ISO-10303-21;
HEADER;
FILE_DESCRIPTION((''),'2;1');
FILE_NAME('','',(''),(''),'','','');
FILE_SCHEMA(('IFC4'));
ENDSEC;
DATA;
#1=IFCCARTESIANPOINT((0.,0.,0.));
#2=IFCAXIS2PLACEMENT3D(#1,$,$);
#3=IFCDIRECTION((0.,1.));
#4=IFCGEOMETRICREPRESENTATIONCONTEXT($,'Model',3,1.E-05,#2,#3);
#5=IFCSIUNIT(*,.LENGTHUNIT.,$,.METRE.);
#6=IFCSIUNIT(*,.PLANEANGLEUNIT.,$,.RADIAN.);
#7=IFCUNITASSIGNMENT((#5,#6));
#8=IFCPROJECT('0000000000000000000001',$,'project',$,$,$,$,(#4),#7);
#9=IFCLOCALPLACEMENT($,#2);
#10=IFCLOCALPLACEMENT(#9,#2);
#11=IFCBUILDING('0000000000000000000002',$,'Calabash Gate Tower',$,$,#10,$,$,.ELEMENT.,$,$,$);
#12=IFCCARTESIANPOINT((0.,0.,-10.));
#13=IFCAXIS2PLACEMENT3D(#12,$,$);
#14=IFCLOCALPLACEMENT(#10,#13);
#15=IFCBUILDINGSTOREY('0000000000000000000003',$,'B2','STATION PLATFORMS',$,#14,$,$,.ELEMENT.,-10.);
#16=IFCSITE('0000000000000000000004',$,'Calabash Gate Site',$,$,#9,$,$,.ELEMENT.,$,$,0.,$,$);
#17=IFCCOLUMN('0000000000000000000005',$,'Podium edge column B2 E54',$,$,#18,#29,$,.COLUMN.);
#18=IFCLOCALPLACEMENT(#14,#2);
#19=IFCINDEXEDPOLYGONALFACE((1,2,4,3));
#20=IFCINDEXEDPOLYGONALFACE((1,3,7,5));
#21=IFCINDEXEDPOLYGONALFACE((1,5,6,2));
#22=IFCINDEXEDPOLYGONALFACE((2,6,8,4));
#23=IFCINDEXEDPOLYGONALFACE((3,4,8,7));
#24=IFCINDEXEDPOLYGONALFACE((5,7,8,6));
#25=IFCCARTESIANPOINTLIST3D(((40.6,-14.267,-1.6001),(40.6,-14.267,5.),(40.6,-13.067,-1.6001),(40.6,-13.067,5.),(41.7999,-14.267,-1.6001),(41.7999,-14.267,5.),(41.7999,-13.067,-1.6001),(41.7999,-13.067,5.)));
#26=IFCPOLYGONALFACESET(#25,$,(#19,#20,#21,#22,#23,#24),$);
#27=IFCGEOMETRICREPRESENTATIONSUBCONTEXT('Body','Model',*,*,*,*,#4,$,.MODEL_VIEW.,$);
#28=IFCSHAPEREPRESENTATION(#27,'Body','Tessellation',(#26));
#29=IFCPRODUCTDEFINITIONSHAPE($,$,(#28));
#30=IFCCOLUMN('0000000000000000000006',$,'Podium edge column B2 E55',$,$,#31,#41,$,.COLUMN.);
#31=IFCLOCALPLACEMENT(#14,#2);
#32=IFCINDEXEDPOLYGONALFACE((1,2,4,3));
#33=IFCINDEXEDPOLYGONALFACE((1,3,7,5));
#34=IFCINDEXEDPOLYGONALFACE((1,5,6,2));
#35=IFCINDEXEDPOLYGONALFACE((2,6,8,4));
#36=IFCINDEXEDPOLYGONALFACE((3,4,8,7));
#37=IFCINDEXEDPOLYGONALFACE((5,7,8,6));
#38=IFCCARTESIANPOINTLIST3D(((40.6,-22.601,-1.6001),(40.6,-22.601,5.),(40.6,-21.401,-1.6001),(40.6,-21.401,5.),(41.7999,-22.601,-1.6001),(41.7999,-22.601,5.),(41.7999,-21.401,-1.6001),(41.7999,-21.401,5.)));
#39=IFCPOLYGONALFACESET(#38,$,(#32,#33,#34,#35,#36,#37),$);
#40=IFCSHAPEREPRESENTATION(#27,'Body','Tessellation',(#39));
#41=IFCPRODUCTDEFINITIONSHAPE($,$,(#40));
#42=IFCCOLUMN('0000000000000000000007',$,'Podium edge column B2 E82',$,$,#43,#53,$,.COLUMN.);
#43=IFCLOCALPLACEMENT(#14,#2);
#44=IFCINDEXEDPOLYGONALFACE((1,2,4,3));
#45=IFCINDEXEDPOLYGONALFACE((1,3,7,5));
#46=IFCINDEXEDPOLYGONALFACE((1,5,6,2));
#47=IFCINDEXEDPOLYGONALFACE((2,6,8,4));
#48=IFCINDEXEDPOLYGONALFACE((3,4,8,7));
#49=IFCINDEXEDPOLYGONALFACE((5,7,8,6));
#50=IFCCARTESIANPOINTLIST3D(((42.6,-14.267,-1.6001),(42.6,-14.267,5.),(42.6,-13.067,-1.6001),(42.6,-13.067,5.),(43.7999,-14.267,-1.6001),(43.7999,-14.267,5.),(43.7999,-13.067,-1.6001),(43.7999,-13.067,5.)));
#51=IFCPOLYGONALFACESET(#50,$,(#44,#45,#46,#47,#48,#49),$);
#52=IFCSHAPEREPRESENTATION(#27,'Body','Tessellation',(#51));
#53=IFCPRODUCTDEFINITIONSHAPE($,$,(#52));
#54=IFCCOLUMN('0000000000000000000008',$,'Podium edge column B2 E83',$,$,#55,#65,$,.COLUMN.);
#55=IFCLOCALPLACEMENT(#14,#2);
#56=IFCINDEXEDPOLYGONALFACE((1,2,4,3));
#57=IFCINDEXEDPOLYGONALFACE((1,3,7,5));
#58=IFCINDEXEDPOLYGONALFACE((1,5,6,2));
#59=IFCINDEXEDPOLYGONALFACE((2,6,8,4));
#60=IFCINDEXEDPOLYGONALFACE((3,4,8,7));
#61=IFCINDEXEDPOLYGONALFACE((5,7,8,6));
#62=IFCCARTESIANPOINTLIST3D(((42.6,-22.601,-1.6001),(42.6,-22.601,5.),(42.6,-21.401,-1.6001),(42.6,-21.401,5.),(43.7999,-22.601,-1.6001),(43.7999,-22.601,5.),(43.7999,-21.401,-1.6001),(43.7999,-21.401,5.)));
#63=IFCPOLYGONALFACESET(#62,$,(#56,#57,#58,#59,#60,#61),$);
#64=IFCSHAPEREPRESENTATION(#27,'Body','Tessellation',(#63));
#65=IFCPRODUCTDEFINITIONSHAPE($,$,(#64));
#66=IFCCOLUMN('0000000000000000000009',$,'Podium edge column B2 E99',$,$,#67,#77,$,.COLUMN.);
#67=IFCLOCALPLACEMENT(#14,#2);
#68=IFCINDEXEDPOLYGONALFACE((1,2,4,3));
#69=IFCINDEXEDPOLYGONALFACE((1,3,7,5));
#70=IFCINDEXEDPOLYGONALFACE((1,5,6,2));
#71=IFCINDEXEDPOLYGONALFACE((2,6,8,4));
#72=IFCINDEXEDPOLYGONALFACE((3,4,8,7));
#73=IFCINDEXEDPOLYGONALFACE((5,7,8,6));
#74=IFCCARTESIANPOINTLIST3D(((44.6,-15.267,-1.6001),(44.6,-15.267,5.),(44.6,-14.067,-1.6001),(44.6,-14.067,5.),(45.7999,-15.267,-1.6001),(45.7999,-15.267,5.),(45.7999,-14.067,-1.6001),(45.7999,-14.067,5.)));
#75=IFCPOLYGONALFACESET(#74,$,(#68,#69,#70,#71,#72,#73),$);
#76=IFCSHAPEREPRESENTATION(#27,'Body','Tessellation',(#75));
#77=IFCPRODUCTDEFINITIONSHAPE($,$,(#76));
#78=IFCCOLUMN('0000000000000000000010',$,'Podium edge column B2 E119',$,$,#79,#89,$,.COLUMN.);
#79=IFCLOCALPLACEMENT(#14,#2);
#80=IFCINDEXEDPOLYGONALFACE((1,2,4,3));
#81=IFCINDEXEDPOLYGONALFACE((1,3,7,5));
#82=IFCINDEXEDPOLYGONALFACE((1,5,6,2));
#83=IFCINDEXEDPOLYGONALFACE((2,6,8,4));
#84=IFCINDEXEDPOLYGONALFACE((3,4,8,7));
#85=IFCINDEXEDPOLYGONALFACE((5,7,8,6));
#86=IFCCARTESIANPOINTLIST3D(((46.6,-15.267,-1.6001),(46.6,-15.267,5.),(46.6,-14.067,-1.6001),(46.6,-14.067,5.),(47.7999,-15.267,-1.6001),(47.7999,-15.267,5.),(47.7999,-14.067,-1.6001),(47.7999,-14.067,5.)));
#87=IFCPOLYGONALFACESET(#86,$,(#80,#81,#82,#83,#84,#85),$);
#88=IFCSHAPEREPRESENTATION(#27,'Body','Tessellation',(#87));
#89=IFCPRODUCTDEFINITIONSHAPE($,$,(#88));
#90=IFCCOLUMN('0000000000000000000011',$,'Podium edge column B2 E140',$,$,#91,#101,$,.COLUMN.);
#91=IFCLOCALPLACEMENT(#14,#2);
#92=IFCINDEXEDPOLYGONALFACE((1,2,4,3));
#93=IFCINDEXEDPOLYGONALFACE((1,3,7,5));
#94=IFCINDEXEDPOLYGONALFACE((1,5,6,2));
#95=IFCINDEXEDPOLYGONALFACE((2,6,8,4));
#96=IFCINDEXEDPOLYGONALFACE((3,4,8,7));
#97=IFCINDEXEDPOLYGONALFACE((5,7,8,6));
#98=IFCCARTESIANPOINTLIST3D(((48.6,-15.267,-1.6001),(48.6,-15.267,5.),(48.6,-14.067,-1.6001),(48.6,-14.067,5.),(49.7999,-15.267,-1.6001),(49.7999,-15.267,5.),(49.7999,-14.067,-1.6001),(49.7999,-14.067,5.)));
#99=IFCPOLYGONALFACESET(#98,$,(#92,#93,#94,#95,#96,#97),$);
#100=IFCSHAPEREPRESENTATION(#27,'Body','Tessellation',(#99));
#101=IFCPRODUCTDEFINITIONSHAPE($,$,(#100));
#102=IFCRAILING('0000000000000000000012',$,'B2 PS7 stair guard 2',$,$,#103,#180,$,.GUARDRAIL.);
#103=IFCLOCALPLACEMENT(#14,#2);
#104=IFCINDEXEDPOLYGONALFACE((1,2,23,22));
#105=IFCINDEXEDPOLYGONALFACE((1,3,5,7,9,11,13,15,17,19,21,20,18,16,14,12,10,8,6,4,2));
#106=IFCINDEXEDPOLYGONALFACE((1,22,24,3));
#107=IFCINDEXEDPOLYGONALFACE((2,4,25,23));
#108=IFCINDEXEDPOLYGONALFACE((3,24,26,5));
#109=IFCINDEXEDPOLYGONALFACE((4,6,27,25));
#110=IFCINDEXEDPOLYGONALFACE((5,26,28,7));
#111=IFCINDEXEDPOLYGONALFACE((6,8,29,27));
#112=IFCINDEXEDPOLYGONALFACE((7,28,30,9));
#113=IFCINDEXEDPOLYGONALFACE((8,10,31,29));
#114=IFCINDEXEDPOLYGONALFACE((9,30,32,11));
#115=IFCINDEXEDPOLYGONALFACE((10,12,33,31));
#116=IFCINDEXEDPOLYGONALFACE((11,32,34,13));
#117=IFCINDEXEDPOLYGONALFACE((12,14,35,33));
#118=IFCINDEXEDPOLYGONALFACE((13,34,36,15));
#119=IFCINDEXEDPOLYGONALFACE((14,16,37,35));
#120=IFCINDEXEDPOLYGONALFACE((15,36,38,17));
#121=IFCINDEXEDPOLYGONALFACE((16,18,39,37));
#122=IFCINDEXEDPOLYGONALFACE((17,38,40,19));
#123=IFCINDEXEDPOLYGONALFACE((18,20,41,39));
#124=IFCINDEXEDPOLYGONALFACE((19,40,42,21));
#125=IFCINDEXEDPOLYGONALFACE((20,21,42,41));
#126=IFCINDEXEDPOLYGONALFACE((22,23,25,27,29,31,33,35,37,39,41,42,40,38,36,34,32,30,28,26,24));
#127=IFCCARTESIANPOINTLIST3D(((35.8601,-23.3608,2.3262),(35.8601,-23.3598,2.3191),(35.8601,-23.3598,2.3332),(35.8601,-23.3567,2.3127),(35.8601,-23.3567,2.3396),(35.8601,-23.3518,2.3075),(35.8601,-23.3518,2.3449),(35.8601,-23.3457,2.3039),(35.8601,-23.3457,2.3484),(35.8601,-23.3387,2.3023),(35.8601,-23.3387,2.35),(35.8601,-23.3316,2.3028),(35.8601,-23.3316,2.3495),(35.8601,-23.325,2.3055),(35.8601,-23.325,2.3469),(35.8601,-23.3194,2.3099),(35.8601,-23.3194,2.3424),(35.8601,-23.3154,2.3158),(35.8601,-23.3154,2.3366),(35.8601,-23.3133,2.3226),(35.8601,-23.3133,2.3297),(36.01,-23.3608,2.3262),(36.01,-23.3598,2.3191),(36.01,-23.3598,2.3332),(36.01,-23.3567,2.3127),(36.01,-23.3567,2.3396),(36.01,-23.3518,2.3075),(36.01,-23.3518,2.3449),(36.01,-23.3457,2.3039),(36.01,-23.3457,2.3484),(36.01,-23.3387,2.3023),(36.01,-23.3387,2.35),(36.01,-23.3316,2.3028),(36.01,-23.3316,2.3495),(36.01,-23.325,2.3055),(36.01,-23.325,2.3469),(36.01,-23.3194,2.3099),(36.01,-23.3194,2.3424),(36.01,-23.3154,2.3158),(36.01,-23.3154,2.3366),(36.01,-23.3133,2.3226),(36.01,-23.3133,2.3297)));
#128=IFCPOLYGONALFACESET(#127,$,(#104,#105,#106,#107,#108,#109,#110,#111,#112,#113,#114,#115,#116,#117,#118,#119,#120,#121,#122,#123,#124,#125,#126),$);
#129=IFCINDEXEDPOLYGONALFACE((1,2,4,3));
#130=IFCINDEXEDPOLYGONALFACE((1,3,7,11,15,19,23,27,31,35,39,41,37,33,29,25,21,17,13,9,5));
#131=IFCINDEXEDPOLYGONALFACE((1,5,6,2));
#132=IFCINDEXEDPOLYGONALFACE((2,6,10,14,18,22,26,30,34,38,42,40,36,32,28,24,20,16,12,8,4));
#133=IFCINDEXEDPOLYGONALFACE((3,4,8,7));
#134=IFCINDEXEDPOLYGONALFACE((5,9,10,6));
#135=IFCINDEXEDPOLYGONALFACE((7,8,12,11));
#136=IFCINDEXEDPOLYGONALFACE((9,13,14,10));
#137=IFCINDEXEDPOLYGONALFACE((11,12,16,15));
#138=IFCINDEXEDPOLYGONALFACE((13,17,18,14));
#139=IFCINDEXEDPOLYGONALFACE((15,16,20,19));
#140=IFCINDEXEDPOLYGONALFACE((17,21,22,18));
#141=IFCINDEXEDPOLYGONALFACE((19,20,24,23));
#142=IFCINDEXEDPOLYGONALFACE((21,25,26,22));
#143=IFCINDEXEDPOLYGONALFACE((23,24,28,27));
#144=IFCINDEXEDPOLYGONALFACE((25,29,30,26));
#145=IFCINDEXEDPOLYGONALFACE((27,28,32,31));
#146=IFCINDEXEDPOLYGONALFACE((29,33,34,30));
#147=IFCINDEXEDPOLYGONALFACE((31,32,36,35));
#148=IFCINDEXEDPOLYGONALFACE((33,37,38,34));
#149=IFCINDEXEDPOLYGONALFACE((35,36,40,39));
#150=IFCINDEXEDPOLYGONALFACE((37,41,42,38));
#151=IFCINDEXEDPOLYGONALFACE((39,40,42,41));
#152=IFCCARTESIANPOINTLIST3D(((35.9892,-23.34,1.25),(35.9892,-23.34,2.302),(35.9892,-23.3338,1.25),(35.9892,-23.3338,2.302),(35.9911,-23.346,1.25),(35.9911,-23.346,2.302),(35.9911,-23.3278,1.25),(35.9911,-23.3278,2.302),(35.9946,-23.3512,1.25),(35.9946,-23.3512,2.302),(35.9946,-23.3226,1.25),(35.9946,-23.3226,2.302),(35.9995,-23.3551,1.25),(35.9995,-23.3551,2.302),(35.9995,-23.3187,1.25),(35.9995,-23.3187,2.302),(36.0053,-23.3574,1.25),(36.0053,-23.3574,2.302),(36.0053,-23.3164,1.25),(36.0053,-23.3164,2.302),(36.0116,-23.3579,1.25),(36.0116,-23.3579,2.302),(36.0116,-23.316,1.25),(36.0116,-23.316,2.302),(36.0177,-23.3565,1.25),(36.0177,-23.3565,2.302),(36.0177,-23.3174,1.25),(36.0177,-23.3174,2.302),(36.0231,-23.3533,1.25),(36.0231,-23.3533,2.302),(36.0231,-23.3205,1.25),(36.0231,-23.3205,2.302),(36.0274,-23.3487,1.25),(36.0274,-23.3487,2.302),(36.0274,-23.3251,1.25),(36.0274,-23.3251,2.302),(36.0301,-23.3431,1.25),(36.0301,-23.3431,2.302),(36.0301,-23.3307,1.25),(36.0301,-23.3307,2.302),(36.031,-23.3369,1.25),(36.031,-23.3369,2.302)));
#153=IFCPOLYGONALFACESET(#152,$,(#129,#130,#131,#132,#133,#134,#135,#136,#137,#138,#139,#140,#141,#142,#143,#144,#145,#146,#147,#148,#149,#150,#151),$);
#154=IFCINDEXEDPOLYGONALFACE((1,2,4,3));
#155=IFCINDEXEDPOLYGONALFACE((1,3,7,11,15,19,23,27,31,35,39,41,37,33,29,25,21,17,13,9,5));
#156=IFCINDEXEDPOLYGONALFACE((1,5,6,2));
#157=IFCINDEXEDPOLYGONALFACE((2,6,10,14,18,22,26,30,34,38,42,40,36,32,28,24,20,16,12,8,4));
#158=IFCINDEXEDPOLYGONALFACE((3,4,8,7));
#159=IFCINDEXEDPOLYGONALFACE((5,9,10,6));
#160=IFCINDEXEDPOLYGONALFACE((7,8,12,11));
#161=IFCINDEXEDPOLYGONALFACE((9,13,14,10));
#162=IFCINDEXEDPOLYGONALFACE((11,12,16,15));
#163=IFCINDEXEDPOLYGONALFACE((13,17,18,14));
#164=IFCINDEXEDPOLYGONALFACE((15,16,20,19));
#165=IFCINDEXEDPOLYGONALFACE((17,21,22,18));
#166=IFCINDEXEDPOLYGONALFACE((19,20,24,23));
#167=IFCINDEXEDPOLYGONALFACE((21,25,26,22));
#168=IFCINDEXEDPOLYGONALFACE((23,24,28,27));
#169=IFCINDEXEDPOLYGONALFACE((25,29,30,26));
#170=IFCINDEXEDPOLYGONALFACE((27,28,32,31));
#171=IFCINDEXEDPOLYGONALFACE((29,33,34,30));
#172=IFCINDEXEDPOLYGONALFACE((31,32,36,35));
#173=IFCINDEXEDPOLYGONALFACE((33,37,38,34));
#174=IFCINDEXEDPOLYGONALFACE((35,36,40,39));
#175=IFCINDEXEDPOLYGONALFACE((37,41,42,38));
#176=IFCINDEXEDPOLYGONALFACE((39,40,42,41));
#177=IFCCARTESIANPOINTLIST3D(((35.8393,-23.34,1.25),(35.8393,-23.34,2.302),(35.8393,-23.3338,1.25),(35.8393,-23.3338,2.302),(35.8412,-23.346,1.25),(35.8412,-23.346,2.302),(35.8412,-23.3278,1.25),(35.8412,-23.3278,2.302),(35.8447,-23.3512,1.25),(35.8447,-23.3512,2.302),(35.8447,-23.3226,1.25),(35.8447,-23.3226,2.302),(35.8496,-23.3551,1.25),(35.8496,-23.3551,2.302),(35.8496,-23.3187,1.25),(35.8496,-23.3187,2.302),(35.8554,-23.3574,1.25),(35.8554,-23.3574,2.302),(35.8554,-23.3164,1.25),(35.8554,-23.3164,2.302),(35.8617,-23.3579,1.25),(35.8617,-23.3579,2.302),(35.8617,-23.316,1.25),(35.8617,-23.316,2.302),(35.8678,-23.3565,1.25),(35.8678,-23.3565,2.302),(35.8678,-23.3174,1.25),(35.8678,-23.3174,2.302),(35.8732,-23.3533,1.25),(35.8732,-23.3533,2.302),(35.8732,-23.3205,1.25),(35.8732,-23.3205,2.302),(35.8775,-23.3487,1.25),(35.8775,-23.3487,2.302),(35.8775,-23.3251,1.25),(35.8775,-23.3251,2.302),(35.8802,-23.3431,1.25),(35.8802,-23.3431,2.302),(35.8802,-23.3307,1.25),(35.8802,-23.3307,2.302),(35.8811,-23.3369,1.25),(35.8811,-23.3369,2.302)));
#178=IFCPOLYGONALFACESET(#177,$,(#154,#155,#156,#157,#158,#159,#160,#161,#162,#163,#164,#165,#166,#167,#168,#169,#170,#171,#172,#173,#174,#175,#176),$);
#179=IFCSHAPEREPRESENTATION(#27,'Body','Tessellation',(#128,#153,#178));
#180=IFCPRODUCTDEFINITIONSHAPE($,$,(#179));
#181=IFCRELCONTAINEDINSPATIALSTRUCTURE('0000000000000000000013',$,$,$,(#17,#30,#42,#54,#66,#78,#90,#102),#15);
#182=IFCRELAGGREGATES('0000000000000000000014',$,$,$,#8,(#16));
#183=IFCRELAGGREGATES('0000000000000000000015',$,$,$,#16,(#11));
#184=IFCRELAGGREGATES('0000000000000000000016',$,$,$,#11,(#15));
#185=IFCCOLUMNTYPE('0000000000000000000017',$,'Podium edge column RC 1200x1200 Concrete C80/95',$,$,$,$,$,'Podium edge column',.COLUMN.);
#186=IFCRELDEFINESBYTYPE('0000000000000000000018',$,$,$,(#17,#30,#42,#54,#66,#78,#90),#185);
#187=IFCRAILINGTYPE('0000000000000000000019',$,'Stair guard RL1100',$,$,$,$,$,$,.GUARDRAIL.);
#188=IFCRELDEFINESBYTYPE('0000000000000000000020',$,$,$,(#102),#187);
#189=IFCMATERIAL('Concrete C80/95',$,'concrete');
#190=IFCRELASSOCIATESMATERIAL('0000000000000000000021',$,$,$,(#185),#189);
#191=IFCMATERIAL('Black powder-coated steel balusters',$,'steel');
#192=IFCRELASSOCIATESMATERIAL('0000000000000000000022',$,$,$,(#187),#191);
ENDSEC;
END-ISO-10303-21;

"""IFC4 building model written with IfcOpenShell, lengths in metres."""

from ifc_helpers import new_model, si_unit, direction, frame, origin, origin_2d, place, context, subcontext, project, spatial, rectangle, circle, extrude, material, material_profile, profile_set, type_object, element, save


model = new_model("IFC4")

# Units and contexts
model_context = context("Model", 3, precision=1e-05, world=origin(), true_north=direction((0.0, 1.0)))
body_context = subcontext(model_context, "Body", "Model", "MODEL_VIEW")
ifc_project = project(units=[si_unit("LENGTHUNIT", "METRE"), si_unit("PLANEANGLEUNIT", "RADIAN")], contexts=[model_context])

# Site, building, storey
site_placement = place(None, origin())
site = spatial("IfcSite", under=ifc_project, at=site_placement, Name="Calabash Gate Site", CompositionType="ELEMENT", RefElevation=0.0)
building_placement = place(site_placement, origin())
building = spatial("IfcBuilding", under=site, at=building_placement, Name="Calabash Gate Tower", CompositionType="ELEMENT")
storey_placement = place(building_placement, frame((0.0, 0.0, -10.0)))
storey = spatial("IfcBuildingStorey", under=building, at=storey_placement, Name="B2", Description="STATION PLATFORMS", CompositionType="ELEMENT", Elevation=-10.0)

# Columns
ifc_material_1 = material(Name="Concrete C80/95", Category="concrete")
ifc_material_profile_1 = material_profile(ifc_material_1, rectangle(XDim=1.2, YDim=1.2, at=origin_2d()))
ifc_profile_set_1 = profile_set([ifc_material_profile_1], Name="Concrete C80/95")
column_type_1 = type_object("IfcColumnType", Name="Podium edge column RC 1200x1200 Concrete C80/95", ElementType="Podium edge column", PredefinedType="COLUMN", material=ifc_profile_set_1)
for number, where, z_axis, x_axis, name in (
    (1, (41.2, -13.667, -1.6001), (0.0, 0.0, 1.0), (1.0, 0.0, 0.0), "Podium edge column B2 E54"),
    (2, (41.2, -22.001, -1.6001), (0.0, 0.0, 1.0), (1.0, 0.0, 0.0), "Podium edge column B2 E55"),
    (3, (43.2, -13.667, -1.6001), (0.0, 0.0, 1.0), (1.0, 0.0, 0.0), "Podium edge column B2 E82"),
    (4, (43.2, -22.001, -1.6001), (0.0, 0.0, 1.0), (1.0, 0.0, 0.0), "Podium edge column B2 E83"),
    (5, (45.2, -14.667, -1.6001), (0.0, 0.0, 1.0), (1.0, 0.0, 0.0), "Podium edge column B2 E99"),
    (6, (47.2, -14.667, -1.6001), (0.0, 0.0, 1.0), (1.0, 0.0, 0.0), "Podium edge column B2 E119"),
    (7, (49.2, -14.667, -1.6001), (0.0, 0.0, 1.0), (1.0, 0.0, 0.0), "Podium edge column B2 E140"),
):
    element("IfcColumn", number, at=place(storey_placement, frame(where, z_axis=z_axis, x_axis=x_axis)), inside=storey, type_object=column_type_1, Name=name, PredefinedType="COLUMN", context=body_context, shape_type="SweptSolid", body=[
        extrude(rectangle(XDim=1.2, YDim=1.2, at=origin_2d()), origin(), (0.0, 0.0, 1.0), 6.6001),
    ])

# Railing
ifc_material_2 = material(Name="Black powder-coated steel balusters", Category="steel")
railing_type_1 = type_object("IfcRailingType", Name="Stair guard RL1100", PredefinedType="GUARDRAIL", material=ifc_material_2)
railing_1_placement = place(storey_placement, frame((36.01, -23.3369, 1.25)))
element("IfcRailing", 8, at=railing_1_placement, inside=storey, type_object=railing_type_1, Name="B2 PS7 stair guard 2", PredefinedType="GUARDRAIL", context=body_context, shape_type="SweptSolid", body=[
    extrude(circle(Radius=0.0239, at=origin_2d()), frame((0.0, 0.0, 1.0762), z_axis=(-1.0, 0.0, 0.0), x_axis=(0.0, -1.0, 0.0)), (0.0, 0.0, 1.0), 0.1499),
    extrude(circle(Radius=0.021, at=origin_2d()), origin(), (0.0, 0.0, 1.0), 1.052),
    extrude(circle(Radius=0.021, at=origin_2d()), frame((-0.1499, 0.0, 0.0)), (0.0, 0.0, 1.0), 1.052),
])

save(model, "model.ifc")
